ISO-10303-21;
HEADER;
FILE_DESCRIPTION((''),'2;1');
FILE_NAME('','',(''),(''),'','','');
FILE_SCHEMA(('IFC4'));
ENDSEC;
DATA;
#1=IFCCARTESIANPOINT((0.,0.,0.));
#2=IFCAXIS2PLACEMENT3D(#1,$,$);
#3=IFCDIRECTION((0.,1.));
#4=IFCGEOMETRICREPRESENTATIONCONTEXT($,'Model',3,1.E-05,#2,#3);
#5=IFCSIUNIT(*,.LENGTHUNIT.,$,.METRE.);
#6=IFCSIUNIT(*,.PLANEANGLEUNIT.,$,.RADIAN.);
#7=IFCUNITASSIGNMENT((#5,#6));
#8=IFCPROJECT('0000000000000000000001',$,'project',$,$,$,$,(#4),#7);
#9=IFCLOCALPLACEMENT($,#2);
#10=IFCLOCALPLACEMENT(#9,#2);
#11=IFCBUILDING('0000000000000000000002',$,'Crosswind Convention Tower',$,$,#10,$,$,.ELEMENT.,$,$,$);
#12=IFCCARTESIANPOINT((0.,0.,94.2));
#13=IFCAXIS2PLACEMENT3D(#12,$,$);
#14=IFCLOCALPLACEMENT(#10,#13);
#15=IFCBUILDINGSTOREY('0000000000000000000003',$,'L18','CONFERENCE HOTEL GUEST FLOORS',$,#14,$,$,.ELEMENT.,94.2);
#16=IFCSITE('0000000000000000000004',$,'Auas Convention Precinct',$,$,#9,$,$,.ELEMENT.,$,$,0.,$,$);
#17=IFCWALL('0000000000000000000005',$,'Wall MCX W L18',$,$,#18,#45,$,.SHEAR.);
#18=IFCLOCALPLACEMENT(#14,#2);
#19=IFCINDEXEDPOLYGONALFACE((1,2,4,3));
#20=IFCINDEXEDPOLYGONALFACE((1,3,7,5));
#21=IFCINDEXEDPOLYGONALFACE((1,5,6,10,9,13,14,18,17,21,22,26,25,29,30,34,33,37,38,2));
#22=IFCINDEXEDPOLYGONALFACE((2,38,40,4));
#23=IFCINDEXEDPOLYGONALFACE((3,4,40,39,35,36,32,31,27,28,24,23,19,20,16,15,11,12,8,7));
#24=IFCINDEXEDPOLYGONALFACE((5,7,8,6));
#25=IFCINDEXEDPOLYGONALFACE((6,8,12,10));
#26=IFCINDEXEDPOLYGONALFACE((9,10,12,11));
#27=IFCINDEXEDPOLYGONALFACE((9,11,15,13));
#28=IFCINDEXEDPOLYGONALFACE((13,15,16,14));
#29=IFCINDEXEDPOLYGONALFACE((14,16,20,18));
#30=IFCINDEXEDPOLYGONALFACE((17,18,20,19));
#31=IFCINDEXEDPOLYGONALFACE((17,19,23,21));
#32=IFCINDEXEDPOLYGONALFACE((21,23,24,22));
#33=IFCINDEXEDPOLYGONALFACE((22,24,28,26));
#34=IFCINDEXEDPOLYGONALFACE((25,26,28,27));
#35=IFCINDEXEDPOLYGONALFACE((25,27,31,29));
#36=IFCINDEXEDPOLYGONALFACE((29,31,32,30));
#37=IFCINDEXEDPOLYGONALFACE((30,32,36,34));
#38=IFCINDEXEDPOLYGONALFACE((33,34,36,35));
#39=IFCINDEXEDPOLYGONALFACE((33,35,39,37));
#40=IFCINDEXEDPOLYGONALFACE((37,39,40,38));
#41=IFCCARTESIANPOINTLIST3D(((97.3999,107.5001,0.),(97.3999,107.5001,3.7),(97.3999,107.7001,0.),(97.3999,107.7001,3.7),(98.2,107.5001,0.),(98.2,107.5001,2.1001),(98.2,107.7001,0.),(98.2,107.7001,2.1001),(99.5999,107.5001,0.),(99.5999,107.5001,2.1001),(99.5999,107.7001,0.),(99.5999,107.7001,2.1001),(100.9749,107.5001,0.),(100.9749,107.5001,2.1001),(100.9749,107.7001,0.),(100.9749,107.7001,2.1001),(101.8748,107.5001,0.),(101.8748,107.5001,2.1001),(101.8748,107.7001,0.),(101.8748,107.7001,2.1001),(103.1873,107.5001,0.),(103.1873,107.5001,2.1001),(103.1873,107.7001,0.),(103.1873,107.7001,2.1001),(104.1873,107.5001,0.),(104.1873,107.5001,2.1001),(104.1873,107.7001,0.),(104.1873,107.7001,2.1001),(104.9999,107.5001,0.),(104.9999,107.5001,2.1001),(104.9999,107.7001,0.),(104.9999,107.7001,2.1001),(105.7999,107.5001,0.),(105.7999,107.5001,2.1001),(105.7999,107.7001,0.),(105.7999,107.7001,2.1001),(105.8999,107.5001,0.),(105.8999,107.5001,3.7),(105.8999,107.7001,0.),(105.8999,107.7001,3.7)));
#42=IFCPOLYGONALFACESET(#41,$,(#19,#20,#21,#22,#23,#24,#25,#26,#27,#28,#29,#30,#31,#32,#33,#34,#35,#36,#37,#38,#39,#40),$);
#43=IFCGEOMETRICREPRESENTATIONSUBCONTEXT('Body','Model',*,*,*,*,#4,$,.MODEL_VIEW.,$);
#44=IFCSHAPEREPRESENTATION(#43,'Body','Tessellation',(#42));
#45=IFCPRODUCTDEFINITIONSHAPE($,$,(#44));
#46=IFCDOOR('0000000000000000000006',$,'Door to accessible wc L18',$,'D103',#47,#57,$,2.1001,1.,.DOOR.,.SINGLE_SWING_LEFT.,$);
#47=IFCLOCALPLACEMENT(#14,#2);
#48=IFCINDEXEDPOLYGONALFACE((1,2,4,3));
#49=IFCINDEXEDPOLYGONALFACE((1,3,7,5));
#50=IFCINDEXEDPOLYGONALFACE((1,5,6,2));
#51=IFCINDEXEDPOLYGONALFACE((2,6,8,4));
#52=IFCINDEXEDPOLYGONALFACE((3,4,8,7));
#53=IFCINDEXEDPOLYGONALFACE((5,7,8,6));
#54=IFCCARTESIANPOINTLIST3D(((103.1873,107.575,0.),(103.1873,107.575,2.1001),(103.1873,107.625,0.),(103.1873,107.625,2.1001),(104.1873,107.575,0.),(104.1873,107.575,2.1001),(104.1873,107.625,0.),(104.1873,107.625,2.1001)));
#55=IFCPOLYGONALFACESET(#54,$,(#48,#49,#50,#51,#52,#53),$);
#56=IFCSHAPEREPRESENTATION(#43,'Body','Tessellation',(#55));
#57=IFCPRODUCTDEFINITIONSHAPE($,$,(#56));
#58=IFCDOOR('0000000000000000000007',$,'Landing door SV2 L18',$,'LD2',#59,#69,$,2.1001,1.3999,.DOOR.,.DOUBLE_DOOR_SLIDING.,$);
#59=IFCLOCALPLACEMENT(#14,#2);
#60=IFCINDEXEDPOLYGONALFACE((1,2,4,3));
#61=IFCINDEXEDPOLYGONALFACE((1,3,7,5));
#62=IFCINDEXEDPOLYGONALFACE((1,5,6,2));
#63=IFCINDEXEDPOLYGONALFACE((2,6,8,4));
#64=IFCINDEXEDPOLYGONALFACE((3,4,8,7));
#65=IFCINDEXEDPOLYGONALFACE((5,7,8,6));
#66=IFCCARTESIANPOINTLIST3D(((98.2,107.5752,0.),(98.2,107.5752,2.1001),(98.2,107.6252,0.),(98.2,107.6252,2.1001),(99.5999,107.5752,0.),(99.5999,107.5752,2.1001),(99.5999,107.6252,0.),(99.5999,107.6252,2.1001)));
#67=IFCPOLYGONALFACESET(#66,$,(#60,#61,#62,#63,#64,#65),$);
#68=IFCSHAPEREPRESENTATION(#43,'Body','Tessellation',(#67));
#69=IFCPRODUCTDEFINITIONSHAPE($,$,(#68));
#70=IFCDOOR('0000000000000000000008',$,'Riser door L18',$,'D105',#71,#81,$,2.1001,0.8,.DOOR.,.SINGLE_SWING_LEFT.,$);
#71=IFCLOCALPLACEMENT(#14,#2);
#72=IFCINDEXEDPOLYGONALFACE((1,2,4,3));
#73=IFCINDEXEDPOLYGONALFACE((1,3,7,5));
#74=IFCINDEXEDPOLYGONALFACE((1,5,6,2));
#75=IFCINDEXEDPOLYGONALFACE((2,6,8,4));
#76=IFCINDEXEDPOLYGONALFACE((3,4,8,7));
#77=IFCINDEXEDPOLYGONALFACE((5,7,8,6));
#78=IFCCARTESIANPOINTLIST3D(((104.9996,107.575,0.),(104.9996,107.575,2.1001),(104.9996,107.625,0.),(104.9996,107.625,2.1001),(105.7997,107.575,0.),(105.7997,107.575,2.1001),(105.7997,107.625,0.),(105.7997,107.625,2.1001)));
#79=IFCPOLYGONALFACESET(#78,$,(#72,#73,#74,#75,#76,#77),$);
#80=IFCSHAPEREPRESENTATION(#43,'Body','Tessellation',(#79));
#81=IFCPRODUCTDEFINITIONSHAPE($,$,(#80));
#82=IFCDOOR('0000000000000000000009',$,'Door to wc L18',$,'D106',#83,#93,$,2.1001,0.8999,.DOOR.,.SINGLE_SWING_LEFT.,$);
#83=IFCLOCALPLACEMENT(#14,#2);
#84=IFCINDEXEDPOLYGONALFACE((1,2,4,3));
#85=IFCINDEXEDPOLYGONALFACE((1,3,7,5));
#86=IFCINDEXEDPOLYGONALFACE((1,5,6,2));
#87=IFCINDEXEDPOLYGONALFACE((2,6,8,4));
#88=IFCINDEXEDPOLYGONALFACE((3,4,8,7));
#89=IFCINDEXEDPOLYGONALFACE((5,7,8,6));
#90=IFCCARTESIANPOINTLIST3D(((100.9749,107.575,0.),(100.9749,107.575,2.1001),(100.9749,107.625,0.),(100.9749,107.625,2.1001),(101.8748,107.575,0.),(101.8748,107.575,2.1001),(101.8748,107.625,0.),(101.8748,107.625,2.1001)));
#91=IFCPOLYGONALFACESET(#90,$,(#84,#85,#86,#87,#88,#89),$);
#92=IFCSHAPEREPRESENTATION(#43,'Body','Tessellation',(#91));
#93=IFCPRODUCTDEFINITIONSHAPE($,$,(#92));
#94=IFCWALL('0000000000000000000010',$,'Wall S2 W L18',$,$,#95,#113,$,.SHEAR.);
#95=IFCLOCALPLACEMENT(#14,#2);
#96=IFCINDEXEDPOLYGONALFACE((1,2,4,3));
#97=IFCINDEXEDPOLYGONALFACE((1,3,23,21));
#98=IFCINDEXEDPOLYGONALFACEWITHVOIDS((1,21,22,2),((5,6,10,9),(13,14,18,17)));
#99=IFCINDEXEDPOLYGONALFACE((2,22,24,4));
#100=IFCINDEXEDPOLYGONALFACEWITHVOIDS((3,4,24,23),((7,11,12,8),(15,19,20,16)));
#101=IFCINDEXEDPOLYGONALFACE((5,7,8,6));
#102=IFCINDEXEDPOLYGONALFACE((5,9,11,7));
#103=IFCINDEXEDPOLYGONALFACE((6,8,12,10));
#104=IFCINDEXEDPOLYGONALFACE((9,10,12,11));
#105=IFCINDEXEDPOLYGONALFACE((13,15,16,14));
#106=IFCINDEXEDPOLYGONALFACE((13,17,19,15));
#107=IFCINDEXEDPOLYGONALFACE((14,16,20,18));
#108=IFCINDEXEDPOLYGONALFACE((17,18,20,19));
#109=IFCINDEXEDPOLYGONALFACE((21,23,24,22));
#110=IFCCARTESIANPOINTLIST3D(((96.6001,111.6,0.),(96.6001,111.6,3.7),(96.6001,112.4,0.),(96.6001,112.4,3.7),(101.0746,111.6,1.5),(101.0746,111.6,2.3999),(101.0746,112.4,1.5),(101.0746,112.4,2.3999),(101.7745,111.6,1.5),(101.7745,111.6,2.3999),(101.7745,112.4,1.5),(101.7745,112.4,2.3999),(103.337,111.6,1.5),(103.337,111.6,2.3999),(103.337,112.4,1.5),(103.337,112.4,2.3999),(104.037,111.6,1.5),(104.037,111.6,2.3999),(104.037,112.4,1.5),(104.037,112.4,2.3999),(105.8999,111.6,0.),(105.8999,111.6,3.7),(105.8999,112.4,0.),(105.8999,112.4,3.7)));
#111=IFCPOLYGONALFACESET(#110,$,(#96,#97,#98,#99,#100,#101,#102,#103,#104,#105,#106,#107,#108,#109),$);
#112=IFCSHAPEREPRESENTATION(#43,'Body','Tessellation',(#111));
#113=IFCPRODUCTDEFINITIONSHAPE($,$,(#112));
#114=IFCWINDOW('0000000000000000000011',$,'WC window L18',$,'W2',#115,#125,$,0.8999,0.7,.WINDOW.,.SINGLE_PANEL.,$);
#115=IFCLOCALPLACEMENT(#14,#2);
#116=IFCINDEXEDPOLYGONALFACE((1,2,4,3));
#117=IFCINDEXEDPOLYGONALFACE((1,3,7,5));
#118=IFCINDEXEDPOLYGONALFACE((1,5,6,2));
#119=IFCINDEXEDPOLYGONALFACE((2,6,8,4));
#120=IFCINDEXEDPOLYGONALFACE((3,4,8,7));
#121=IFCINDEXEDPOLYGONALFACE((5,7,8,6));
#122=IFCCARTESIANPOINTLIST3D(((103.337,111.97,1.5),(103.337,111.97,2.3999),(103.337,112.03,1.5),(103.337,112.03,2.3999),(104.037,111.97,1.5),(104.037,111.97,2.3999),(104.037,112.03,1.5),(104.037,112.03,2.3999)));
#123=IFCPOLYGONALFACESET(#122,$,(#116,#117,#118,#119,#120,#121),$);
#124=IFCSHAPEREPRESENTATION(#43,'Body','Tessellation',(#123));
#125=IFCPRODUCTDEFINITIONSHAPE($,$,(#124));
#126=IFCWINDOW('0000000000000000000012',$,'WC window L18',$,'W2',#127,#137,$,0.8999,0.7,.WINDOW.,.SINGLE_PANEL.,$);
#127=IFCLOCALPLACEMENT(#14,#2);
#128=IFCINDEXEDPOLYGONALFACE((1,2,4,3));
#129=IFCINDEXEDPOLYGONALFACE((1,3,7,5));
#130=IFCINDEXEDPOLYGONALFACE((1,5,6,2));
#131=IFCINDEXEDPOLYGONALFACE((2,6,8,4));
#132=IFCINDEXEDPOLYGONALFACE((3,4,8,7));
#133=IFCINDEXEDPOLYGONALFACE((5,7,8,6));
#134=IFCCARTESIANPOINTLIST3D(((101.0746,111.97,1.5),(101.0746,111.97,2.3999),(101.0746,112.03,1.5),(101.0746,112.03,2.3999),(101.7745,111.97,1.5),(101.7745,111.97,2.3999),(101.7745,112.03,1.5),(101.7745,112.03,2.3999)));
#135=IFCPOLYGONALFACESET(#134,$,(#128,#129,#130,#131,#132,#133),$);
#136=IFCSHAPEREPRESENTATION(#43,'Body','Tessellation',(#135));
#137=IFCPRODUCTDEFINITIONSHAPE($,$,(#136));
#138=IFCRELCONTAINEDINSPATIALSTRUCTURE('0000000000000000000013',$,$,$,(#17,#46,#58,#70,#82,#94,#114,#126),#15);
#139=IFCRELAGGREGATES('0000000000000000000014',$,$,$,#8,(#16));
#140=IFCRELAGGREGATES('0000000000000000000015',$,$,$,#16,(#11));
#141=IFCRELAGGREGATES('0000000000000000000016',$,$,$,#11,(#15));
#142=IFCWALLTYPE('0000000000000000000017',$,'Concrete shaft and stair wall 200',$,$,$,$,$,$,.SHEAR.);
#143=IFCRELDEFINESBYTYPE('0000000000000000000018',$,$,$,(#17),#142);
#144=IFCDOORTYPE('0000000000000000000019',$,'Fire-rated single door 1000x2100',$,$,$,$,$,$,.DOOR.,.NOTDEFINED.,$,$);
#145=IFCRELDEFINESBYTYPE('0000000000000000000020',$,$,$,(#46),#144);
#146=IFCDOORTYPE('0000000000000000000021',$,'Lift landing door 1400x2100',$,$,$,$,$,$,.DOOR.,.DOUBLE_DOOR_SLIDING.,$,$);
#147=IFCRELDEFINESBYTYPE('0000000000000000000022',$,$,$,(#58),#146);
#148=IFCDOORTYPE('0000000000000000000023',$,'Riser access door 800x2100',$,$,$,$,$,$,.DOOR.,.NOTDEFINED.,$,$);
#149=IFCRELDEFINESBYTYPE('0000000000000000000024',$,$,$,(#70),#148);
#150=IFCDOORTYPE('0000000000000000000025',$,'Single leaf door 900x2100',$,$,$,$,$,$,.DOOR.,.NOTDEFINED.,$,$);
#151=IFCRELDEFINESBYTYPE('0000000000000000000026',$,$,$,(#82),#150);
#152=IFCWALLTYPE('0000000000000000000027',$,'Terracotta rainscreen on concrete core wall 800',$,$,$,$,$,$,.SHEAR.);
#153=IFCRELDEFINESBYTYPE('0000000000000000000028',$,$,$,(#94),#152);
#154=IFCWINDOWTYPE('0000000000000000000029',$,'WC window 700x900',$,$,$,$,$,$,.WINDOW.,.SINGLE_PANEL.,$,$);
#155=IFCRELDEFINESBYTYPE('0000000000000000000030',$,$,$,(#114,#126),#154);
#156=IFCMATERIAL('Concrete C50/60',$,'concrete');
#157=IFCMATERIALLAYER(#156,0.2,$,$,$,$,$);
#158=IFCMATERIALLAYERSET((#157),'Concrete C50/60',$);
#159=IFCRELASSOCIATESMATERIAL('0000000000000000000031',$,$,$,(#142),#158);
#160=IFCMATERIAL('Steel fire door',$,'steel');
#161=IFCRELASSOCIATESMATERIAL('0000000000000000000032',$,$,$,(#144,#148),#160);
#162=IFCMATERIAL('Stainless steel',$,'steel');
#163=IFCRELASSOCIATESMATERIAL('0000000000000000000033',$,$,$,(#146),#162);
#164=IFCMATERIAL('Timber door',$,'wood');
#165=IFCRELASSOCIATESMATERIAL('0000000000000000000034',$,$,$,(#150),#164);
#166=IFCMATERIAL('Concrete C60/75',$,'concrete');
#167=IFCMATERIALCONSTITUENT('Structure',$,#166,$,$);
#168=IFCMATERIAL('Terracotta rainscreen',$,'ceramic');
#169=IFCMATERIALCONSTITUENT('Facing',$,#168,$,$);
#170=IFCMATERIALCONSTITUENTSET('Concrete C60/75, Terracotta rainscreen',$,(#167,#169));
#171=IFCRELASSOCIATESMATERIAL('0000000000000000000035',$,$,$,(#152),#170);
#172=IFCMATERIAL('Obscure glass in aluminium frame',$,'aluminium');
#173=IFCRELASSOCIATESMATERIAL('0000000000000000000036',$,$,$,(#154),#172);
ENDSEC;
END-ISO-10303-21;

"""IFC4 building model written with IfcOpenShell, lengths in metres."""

from ifc_helpers import new_model, si_unit, direction, frame, frame_2d, origin, place, context, subcontext, project, spatial, rectangle, extrude, material, layer, layer_set, constituent, constituent_set, type_object, element, fill, save


model = new_model("IFC4")

# Units and contexts
model_context = context("Model", 3, precision=1e-05, world=origin(), true_north=direction((0.0, 1.0)))
body_context = subcontext(model_context, "Body", "Model", "MODEL_VIEW")
ifc_project = project(units=[si_unit("LENGTHUNIT", "METRE"), si_unit("PLANEANGLEUNIT", "RADIAN")], contexts=[model_context])

# Site, building, storey
site_placement = place(None, origin())
site = spatial("IfcSite", under=ifc_project, at=site_placement, Name="Auas Convention Precinct", CompositionType="ELEMENT", RefElevation=0.0)
building_placement = place(site_placement, origin())
building = spatial("IfcBuilding", under=site, at=building_placement, Name="Crosswind Convention Tower", CompositionType="ELEMENT")
storey_placement = place(building_placement, frame((0.0, 0.0, 94.2)))
storey = spatial("IfcBuildingStorey", under=building, at=storey_placement, Name="L18", Description="CONFERENCE HOTEL GUEST FLOORS", CompositionType="ELEMENT", Elevation=94.2)

# Shared definitions
ifc_material_1 = material(Name="Concrete C50/60", Category="concrete")

# Shared definitions
ifc_layer_1 = layer(ifc_material_1, 0.2)
ifc_layer_set_1 = layer_set([ifc_layer_1], Name="Concrete C50/60")
wall_type_1 = type_object("IfcWallType", Name="Concrete shaft and stair wall 200", PredefinedType="SHEAR", material=ifc_layer_set_1)

# Shared definitions
ifc_material_2 = material(Name="Steel fire door", Category="steel")

# Shared definitions
door_type_1 = type_object("IfcDoorType", Name="Fire-rated single door 1000x2100", OperationType="NOTDEFINED", PredefinedType="DOOR", material=ifc_material_2)

# Wall, openings, doors
wall_1_placement = place(storey_placement, frame((105.8999, 107.6001, 0.0), z_axis=(0.0, 0.0, 1.0), x_axis=(-1.0, 0.0, 0.0)))
wall_1 = element("IfcWall", 1, at=wall_1_placement, inside=storey, type_object=wall_type_1, Name="Wall MCX W L18", PredefinedType="SHEAR", context=body_context, shape_type="SweptSolid", body=[
    extrude(rectangle(XDim=8.5, YDim=0.2, at=frame_2d((4.25, 0.0))), origin(), (0.0, 0.0, 1.0), 3.7),
])
opening_1_placement = place(wall_1_placement, frame((0.1001, 0.0, 0.0)))
opening_1 = element("IfcOpeningElement", 2, at=opening_1_placement, cuts=wall_1, PredefinedType="OPENING", context=body_context, shape_type="SweptSolid", body=[
    extrude(rectangle(XDim=0.8, YDim=2.1001, at=frame_2d((0.3999, 1.05))), frame((0.0, 0.1099, 0.0), z_axis=(0.0, -1.0, 0.0), x_axis=(1.0, 0.0, 0.0)), (0.0, 0.0, 1.0), 0.22),
])
opening_2_placement = place(wall_1_placement, frame((1.7126, 0.0, 0.0)))
opening_2 = element("IfcOpeningElement", 3, at=opening_2_placement, cuts=wall_1, PredefinedType="OPENING", context=body_context, shape_type="SweptSolid", body=[
    extrude(rectangle(XDim=1.0, YDim=2.1001, at=frame_2d((0.5, 1.05))), frame((0.0, 0.1099, 0.0), z_axis=(0.0, -1.0, 0.0), x_axis=(1.0, 0.0, 0.0)), (0.0, 0.0, 1.0), 0.22),
])
opening_3_placement = place(wall_1_placement, frame((4.0251, 0.0, 0.0)))
opening_3 = element("IfcOpeningElement", 4, at=opening_3_placement, cuts=wall_1, PredefinedType="OPENING", context=body_context, shape_type="SweptSolid", body=[
    extrude(rectangle(XDim=0.8999, YDim=2.1001, at=frame_2d((0.45, 1.05))), frame((0.0, 0.1099, 0.0), z_axis=(0.0, -1.0, 0.0), x_axis=(1.0, 0.0, 0.0)), (0.0, 0.0, 1.0), 0.22),
])
opening_4_placement = place(wall_1_placement, frame((6.3, 0.0, 0.0)))
opening_4 = element("IfcOpeningElement", 5, at=opening_4_placement, cuts=wall_1, PredefinedType="OPENING", context=body_context, shape_type="SweptSolid", body=[
    extrude(rectangle(XDim=1.3999, YDim=2.1001, at=frame_2d((0.7, 1.05))), frame((0.0, 0.1099, 0.0), z_axis=(0.0, -1.0, 0.0), x_axis=(1.0, 0.0, 0.0)), (0.0, 0.0, 1.0), 0.22),
])
door_1_placement = place(opening_2_placement, frame((1.0, 0.0, 0.0), z_axis=(0.0, 0.0, 1.0), x_axis=(-1.0, 0.0, 0.0)))
door_1 = element("IfcDoor", 6, at=door_1_placement, inside=storey, type_object=door_type_1, Name="Door to accessible wc L18", ObjectType="D103", OperationType="SINGLE_SWING_LEFT", OverallHeight=2.1001, OverallWidth=1.0, PredefinedType="DOOR", context=body_context, shape_type="SweptSolid", body=[
    extrude(rectangle(XDim=1.0, YDim=2.1001, at=frame_2d((0.5, 1.05))), frame((0.0, 0.0249, 0.0), z_axis=(0.0, -1.0, 0.0), x_axis=(1.0, 0.0, 0.0)), (0.0, 0.0, 1.0), 0.05),
])
fill(opening_2, door_1)
ifc_material_3 = material(Name="Stainless steel", Category="steel")
door_type_2 = type_object("IfcDoorType", Name="Lift landing door 1400x2100", OperationType="DOUBLE_DOOR_SLIDING", PredefinedType="DOOR", material=ifc_material_3)
door_2_placement = place(opening_4_placement, origin())
door_2 = element("IfcDoor", 7, at=door_2_placement, inside=storey, type_object=door_type_2, Name="Landing door SV2 L18", ObjectType="LD2", OperationType="DOUBLE_DOOR_SLIDING", OverallHeight=2.1001, OverallWidth=1.3999, PredefinedType="DOOR", context=body_context, shape_type="SweptSolid", body=[
    extrude(rectangle(XDim=1.3999, YDim=2.1001, at=frame_2d((0.7, 1.05))), frame((0.0, 0.0249, 0.0), z_axis=(0.0, -1.0, 0.0), x_axis=(1.0, 0.0, 0.0)), (0.0, 0.0, 1.0), 0.05),
])
fill(opening_4, door_2)
door_type_3 = type_object("IfcDoorType", Name="Riser access door 800x2100", OperationType="NOTDEFINED", PredefinedType="DOOR", material=ifc_material_2)
door_3_placement = place(opening_1_placement, frame((0.8, 0.0, 0.0), z_axis=(0.0, 0.0, 1.0), x_axis=(-1.0, 0.0, 0.0)))
door_3 = element("IfcDoor", 8, at=door_3_placement, inside=storey, type_object=door_type_3, Name="Riser door L18", ObjectType="D105", OperationType="SINGLE_SWING_LEFT", OverallHeight=2.1001, OverallWidth=0.8, PredefinedType="DOOR", context=body_context, shape_type="SweptSolid", body=[
    extrude(rectangle(XDim=0.8, YDim=2.1001, at=frame_2d((0.3999, 1.05))), frame((0.0, 0.0249, 0.0), z_axis=(0.0, -1.0, 0.0), x_axis=(1.0, 0.0, 0.0)), (0.0, 0.0, 1.0), 0.05),
])
fill(opening_1, door_3)
ifc_material_4 = material(Name="Timber door", Category="wood")
door_type_4 = type_object("IfcDoorType", Name="Single leaf door 900x2100", OperationType="NOTDEFINED", PredefinedType="DOOR", material=ifc_material_4)
door_4_placement = place(opening_3_placement, frame((0.8999, 0.0, 0.0), z_axis=(0.0, 0.0, 1.0), x_axis=(-1.0, 0.0, 0.0)))
door_4 = element("IfcDoor", 9, at=door_4_placement, inside=storey, type_object=door_type_4, Name="Door to wc L18", ObjectType="D106", OperationType="SINGLE_SWING_LEFT", OverallHeight=2.1001, OverallWidth=0.8999, PredefinedType="DOOR", context=body_context, shape_type="SweptSolid", body=[
    extrude(rectangle(XDim=0.8999, YDim=2.1001, at=frame_2d((0.45, 1.05))), frame((0.0, 0.0249, 0.0), z_axis=(0.0, -1.0, 0.0), x_axis=(1.0, 0.0, 0.0)), (0.0, 0.0, 1.0), 0.05),
])
fill(opening_3, door_4)

# Wall, openings, windows
ifc_material_5 = material(Name="Concrete C60/75", Category="concrete")
ifc_constituent_1 = constituent(ifc_material_5, Name="Structure")
ifc_material_6 = material(Name="Terracotta rainscreen", Category="ceramic")
ifc_constituent_2 = constituent(ifc_material_6, Name="Facing")
ifc_constituent_set = constituent_set(constituents=[ifc_constituent_1, ifc_constituent_2], Name="Concrete C60/75, Terracotta rainscreen")
wall_type_2 = type_object("IfcWallType", Name="Terracotta rainscreen on concrete core wall 800", PredefinedType="SHEAR", material=ifc_constituent_set)
wall_2_placement = place(storey_placement, frame((105.8999, 112.0, 0.0), z_axis=(0.0, 0.0, 1.0), x_axis=(-1.0, 0.0, 0.0)))
wall_2 = element("IfcWall", 10, at=wall_2_placement, inside=storey, type_object=wall_type_2, Name="Wall S2 W L18", PredefinedType="SHEAR", context=body_context, shape_type="SweptSolid", body=[
    extrude(rectangle(XDim=9.2998, YDim=0.8, at=frame_2d((4.6499, 0.0))), origin(), (0.0, 0.0, 1.0), 3.7),
])
opening_5_placement = place(wall_2_placement, frame((1.8628, 0.0, 1.5)))
opening_5 = element("IfcOpeningElement", 11, at=opening_5_placement, cuts=wall_2, PredefinedType="OPENING", context=body_context, shape_type="SweptSolid", body=[
    extrude(rectangle(XDim=0.7, YDim=0.8999, at=frame_2d((0.3501, 0.45))), frame((0.0, 0.4099, 0.0), z_axis=(0.0, -1.0, 0.0), x_axis=(1.0, 0.0, 0.0)), (0.0, 0.0, 1.0), 0.8201),
])
opening_6_placement = place(wall_2_placement, frame((4.1252, 0.0, 1.5)))
opening_6 = element("IfcOpeningElement", 12, at=opening_6_placement, cuts=wall_2, PredefinedType="OPENING", context=body_context, shape_type="SweptSolid", body=[
    extrude(rectangle(XDim=0.7, YDim=0.8999, at=frame_2d((0.3501, 0.45))), frame((0.0, 0.4099, 0.0), z_axis=(0.0, -1.0, 0.0), x_axis=(1.0, 0.0, 0.0)), (0.0, 0.0, 1.0), 0.8201),
])
ifc_material_7 = material(Name="Obscure glass in aluminium frame", Category="aluminium")
window_type = type_object("IfcWindowType", Name="WC window 700x900", PartitioningType="SINGLE_PANEL", PredefinedType="WINDOW", material=ifc_material_7)
window_1_placement = place(opening_5_placement, origin())
window_1 = element("IfcWindow", 13, at=window_1_placement, inside=storey, type_object=window_type, Name="WC window L18", ObjectType="W2", OverallHeight=0.8999, OverallWidth=0.7, PartitioningType="SINGLE_PANEL", PredefinedType="WINDOW", context=body_context, shape_type="SweptSolid", body=[
    extrude(rectangle(XDim=0.7, YDim=0.8999, at=frame_2d((0.3501, 0.45))), frame((0.0, 0.03, 0.0), z_axis=(0.0, -1.0, 0.0), x_axis=(1.0, 0.0, 0.0)), (0.0, 0.0, 1.0), 0.0601),
])
fill(opening_5, window_1)
window_2_placement = place(opening_6_placement, origin())
window_2 = element("IfcWindow", 14, at=window_2_placement, inside=storey, type_object=window_type, Name="WC window L18", ObjectType="W2", OverallHeight=0.8999, OverallWidth=0.7, PartitioningType="SINGLE_PANEL", PredefinedType="WINDOW", context=body_context, shape_type="SweptSolid", body=[
    extrude(rectangle(XDim=0.7, YDim=0.8999, at=frame_2d((0.3501, 0.45))), frame((0.0, 0.03, 0.0), z_axis=(0.0, -1.0, 0.0), x_axis=(1.0, 0.0, 0.0)), (0.0, 0.0, 1.0), 0.0601),
])
fill(opening_6, window_2)

save(model, "model.ifc")
